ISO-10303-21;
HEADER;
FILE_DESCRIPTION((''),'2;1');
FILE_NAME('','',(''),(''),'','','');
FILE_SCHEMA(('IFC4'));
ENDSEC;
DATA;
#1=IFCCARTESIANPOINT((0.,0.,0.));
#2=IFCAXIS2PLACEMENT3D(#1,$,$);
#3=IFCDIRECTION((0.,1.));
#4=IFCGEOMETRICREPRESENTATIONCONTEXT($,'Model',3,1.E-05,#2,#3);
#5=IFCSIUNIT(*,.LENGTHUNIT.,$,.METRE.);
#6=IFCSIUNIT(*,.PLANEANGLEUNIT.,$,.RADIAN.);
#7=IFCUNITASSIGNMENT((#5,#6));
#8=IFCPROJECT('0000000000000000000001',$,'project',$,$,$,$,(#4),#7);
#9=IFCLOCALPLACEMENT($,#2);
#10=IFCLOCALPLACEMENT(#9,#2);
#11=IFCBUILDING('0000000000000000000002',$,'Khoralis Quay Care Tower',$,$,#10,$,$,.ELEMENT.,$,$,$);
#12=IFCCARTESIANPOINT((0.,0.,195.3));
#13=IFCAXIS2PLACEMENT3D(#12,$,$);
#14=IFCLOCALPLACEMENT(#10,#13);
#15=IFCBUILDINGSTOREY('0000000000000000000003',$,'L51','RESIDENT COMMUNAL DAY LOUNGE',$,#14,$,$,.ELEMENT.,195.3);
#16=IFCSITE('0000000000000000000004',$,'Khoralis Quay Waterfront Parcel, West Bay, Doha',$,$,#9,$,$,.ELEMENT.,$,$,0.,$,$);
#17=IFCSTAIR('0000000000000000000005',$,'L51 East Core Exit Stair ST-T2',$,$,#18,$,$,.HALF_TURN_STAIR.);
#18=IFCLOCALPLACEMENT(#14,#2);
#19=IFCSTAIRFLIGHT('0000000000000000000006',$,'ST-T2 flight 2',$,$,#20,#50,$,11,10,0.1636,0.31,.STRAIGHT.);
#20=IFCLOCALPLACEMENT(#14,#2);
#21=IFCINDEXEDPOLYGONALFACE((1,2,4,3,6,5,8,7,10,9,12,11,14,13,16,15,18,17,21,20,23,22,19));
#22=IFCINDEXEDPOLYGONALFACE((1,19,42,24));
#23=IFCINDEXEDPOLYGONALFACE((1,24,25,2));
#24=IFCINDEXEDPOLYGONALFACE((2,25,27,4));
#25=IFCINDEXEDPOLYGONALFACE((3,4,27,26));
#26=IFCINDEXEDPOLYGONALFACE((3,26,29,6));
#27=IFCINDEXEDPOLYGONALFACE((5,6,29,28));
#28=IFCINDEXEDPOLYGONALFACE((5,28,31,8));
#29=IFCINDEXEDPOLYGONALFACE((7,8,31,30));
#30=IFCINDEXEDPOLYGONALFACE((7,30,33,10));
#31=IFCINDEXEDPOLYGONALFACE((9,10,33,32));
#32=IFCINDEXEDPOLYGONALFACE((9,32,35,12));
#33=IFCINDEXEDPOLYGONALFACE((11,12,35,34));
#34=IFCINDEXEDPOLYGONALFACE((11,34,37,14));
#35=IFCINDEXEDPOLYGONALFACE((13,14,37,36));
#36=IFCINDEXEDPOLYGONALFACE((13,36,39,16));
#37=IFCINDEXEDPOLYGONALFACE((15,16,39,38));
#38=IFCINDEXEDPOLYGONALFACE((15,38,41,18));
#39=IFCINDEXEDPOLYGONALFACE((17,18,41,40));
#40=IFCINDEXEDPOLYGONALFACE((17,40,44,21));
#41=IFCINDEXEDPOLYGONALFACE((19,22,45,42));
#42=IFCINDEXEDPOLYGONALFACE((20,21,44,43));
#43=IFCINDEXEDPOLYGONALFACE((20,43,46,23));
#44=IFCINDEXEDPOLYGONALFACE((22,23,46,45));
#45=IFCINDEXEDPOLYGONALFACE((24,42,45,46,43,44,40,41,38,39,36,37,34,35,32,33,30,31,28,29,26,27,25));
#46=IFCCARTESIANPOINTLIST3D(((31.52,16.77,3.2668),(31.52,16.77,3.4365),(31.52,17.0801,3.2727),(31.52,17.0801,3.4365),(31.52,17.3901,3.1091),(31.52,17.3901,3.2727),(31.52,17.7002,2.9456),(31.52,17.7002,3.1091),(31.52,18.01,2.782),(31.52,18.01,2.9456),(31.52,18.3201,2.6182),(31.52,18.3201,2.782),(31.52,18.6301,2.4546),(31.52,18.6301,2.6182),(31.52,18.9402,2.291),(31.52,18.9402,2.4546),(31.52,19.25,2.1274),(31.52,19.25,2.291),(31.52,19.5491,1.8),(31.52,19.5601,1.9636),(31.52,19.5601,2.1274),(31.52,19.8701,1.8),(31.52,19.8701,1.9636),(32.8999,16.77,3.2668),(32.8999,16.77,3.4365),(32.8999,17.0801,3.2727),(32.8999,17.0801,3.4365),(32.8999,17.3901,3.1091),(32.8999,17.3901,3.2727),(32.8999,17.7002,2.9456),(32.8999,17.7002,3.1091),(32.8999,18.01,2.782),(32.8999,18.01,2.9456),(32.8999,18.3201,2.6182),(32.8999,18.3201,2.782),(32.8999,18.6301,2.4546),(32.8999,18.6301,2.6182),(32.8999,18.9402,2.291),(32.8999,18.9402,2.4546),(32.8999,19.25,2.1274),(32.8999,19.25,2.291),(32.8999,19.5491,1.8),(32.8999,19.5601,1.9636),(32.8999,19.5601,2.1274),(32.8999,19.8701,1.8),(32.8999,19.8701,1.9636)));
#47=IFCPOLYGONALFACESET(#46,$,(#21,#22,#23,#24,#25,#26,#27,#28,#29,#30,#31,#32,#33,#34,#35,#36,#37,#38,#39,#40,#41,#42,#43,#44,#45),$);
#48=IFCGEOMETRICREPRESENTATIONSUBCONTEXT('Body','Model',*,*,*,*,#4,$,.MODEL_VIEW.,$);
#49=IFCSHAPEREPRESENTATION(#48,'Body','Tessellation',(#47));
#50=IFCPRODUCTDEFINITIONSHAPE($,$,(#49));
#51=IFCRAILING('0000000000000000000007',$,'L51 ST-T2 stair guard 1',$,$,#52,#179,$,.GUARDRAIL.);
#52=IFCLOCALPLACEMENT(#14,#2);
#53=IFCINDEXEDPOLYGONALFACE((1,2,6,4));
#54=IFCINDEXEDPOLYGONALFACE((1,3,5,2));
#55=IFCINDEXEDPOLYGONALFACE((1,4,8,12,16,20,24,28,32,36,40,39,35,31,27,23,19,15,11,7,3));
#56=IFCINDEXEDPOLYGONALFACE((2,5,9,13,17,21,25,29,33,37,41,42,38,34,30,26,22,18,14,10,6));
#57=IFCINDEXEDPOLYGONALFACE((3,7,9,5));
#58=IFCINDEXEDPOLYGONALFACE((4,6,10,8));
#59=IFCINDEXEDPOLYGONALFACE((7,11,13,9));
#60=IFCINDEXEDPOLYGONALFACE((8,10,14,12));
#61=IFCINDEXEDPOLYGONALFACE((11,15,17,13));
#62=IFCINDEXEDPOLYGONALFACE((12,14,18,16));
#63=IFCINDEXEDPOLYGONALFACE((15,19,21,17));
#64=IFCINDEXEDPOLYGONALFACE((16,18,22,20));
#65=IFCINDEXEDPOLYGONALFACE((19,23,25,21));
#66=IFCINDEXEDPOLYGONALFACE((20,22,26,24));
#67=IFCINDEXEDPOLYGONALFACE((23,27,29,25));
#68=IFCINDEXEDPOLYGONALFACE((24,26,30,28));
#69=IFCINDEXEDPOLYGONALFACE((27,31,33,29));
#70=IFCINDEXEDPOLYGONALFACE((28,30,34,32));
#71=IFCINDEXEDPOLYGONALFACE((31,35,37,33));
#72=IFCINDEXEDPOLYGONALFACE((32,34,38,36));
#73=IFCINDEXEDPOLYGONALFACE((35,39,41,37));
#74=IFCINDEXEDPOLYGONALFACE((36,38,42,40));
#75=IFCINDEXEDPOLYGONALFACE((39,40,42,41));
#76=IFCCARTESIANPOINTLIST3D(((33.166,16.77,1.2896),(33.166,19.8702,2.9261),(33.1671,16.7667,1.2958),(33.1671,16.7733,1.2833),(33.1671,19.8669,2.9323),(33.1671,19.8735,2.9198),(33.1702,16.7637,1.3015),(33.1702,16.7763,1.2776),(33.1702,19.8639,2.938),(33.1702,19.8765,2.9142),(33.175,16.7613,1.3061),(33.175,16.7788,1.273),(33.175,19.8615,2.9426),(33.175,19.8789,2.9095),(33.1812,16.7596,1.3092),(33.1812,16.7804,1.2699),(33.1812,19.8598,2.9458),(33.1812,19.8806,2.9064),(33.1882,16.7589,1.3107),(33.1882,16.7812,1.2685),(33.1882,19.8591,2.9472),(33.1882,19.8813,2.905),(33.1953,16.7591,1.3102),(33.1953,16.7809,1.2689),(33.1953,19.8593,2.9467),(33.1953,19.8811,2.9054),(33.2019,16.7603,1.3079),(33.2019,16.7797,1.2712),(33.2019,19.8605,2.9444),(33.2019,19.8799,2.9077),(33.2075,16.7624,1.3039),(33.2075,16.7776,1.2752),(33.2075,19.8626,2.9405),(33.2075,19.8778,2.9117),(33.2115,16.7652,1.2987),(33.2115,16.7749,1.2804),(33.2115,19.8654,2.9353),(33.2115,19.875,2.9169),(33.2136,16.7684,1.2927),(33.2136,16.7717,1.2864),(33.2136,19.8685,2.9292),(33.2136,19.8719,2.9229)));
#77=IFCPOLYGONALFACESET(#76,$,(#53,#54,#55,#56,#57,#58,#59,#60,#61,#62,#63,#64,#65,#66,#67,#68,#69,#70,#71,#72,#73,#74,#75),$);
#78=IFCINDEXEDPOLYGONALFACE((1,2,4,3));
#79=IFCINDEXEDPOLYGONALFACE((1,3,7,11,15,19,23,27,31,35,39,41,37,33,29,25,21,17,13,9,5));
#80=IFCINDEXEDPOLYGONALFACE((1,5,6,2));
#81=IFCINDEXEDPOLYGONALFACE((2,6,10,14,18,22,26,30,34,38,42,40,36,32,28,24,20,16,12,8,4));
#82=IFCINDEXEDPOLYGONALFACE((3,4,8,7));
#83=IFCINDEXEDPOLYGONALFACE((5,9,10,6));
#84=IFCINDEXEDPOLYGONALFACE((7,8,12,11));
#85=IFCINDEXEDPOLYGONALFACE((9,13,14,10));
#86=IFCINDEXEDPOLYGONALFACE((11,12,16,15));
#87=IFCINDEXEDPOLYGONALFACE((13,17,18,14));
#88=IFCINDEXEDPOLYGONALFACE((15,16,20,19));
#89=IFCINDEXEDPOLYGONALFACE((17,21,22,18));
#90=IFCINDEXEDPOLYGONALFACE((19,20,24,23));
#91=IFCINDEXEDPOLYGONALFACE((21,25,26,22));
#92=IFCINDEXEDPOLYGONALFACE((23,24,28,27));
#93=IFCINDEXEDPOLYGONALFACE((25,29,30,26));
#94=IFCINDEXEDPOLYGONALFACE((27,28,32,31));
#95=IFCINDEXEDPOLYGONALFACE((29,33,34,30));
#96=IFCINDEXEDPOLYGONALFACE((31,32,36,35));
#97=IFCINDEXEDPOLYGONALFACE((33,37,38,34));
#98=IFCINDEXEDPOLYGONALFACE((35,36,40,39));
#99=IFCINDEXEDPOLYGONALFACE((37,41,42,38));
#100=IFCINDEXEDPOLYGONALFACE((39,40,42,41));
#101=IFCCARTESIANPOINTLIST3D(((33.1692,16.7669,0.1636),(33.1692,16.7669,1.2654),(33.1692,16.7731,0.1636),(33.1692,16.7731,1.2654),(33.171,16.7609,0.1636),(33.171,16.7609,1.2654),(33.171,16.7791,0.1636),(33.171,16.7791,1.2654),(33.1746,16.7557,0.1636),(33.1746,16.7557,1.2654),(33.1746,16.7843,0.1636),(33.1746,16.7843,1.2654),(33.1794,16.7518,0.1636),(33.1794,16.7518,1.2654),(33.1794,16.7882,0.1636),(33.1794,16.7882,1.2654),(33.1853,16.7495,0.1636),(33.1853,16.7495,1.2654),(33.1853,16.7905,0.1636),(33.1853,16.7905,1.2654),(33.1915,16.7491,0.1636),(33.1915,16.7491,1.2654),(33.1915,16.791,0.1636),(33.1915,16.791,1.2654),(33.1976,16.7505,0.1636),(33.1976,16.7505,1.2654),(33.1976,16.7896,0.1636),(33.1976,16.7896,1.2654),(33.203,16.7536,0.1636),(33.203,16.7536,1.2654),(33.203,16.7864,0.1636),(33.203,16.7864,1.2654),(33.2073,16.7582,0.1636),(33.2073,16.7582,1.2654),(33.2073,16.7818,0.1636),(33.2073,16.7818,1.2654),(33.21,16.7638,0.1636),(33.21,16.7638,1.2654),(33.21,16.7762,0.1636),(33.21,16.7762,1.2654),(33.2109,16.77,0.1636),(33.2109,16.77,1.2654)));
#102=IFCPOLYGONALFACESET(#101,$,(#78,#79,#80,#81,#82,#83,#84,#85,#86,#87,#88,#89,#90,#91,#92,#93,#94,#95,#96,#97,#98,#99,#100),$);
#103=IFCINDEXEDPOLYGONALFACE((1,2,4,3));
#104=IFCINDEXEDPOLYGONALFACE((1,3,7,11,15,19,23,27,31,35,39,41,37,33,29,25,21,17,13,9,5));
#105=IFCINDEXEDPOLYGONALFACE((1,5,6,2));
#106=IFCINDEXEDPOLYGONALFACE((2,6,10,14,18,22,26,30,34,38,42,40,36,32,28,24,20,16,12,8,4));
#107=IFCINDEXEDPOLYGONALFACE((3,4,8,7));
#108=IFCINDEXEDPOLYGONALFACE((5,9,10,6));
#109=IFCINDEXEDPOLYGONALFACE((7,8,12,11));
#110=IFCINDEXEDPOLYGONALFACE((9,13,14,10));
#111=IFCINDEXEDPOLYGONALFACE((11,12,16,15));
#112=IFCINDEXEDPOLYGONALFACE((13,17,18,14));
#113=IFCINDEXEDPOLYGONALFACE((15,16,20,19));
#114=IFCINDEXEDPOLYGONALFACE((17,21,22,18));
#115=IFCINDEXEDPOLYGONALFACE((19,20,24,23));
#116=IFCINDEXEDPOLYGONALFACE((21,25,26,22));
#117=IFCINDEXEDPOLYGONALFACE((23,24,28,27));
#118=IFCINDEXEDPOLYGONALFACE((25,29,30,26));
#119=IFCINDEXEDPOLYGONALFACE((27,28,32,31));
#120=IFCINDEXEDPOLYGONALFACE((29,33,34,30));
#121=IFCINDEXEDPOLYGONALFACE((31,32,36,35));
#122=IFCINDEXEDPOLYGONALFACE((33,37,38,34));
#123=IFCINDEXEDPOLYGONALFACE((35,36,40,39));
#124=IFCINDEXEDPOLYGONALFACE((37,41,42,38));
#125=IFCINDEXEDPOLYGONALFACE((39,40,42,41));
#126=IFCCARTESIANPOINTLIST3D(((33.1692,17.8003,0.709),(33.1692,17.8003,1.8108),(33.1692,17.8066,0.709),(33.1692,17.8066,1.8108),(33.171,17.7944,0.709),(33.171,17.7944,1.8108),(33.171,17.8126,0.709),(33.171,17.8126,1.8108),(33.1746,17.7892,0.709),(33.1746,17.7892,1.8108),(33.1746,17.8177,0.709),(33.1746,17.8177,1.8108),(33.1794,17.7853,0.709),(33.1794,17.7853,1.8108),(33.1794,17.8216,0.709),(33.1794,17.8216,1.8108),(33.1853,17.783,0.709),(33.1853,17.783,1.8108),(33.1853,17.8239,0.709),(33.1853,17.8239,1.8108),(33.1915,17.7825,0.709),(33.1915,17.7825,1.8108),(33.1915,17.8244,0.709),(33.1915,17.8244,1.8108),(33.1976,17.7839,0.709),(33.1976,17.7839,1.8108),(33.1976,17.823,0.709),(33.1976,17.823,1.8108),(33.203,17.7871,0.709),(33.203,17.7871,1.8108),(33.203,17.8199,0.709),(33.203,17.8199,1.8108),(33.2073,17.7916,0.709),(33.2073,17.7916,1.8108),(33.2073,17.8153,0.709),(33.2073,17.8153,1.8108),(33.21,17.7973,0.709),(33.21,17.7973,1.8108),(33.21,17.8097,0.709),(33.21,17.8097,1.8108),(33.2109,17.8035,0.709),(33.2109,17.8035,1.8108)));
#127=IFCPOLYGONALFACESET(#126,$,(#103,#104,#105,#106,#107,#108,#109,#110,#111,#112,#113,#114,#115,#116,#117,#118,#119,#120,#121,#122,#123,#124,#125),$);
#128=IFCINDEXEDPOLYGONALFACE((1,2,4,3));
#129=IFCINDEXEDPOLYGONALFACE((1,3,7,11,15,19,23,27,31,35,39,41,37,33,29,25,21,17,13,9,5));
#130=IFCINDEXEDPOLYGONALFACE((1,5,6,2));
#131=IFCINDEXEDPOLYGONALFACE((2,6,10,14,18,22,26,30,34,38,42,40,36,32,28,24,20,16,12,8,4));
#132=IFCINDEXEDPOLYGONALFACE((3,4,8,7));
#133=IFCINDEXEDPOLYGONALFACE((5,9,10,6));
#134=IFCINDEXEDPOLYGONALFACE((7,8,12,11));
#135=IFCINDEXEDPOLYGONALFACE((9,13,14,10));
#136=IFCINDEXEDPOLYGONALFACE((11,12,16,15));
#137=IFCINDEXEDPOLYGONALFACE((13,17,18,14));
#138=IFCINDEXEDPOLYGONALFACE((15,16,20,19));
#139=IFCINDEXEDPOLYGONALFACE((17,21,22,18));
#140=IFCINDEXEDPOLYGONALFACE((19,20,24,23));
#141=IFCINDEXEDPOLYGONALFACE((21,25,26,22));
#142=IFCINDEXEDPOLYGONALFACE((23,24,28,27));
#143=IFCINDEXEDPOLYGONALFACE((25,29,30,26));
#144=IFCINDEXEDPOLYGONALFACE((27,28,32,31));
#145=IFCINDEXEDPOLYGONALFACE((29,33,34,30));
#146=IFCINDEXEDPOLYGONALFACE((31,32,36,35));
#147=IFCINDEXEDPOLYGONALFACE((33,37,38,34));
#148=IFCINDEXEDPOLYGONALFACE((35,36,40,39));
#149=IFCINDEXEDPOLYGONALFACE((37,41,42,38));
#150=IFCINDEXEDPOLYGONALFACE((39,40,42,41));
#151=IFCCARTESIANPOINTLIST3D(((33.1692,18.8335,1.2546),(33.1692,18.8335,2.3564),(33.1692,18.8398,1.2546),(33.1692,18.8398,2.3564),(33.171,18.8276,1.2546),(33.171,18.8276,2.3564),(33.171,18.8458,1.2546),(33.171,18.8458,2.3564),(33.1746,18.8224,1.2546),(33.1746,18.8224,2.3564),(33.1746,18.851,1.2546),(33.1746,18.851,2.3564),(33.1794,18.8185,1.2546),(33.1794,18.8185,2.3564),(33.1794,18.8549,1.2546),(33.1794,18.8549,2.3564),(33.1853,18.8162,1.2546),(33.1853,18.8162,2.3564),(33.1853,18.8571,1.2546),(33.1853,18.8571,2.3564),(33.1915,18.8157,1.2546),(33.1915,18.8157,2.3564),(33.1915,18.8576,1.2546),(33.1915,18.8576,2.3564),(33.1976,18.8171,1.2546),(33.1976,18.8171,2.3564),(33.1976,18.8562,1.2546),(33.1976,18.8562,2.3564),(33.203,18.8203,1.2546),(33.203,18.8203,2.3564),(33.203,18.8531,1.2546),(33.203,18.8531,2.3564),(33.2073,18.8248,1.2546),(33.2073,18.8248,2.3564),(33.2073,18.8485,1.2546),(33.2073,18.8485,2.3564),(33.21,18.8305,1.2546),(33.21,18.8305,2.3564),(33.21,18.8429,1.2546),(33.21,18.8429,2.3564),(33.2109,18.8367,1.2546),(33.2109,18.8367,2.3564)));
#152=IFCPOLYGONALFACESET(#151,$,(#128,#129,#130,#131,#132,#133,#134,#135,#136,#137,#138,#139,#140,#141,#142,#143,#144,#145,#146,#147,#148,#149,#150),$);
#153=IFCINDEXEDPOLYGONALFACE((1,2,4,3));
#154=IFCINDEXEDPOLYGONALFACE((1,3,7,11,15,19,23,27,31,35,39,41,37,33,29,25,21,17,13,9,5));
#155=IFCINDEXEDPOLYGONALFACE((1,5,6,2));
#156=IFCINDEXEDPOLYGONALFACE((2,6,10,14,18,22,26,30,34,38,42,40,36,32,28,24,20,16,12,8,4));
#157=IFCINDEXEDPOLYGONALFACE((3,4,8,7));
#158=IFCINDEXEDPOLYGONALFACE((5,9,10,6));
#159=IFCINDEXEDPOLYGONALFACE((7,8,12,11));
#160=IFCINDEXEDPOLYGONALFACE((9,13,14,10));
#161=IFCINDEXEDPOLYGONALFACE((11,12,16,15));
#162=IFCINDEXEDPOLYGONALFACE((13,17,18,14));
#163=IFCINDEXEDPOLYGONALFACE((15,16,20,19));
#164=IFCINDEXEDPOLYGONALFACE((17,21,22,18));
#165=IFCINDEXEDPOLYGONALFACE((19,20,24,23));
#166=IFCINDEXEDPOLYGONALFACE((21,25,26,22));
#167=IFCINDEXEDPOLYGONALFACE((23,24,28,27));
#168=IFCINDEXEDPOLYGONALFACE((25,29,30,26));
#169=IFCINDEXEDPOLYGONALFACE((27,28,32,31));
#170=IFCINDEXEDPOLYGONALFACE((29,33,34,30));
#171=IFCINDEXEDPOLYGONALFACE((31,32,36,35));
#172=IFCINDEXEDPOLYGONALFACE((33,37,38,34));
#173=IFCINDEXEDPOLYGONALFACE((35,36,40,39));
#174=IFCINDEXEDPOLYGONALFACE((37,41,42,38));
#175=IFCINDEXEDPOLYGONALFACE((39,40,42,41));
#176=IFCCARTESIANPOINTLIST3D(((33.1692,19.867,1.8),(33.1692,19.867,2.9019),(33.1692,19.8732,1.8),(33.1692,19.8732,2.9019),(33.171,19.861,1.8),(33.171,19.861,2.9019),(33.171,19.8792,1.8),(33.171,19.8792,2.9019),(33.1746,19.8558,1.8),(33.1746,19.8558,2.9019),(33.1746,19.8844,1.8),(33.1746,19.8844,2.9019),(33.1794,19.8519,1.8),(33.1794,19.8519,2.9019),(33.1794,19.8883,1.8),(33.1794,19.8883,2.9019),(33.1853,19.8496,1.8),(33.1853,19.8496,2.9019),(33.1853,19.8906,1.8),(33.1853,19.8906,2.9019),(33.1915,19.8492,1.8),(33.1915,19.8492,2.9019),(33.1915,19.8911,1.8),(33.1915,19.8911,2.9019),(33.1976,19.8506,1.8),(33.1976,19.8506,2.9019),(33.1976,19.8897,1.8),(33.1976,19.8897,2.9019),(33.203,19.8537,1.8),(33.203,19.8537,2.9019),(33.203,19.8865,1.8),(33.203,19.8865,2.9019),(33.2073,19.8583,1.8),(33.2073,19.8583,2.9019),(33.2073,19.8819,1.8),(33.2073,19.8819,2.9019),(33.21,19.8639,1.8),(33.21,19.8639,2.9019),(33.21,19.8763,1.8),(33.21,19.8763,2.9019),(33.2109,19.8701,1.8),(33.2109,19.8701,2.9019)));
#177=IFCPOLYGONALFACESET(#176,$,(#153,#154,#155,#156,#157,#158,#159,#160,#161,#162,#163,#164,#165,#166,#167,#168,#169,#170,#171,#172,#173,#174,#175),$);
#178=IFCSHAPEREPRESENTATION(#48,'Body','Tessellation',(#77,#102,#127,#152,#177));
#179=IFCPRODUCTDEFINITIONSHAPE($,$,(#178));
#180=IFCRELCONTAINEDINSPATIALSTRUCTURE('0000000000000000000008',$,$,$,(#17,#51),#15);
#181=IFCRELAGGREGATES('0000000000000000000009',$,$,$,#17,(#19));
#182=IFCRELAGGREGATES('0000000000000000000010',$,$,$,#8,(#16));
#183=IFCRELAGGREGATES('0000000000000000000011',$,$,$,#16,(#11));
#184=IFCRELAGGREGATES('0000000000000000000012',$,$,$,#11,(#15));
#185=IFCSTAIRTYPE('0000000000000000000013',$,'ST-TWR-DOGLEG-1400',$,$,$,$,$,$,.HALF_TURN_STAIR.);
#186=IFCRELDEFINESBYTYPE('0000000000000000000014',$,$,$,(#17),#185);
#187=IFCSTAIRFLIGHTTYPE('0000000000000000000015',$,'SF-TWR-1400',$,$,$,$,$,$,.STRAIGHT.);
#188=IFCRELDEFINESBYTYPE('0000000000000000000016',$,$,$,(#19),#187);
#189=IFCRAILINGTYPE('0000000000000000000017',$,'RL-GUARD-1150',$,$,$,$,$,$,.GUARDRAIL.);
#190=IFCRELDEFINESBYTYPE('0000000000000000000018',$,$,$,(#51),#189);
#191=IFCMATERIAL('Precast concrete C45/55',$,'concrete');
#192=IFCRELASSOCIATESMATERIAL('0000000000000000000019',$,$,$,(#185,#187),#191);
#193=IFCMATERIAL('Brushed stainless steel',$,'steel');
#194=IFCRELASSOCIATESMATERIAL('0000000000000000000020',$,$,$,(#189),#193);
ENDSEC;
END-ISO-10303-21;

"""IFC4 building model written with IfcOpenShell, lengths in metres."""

from ifc_helpers import new_model, si_unit, direction, frame, origin, origin_2d, place, context, subcontext, project, spatial, polyline, circle, outline, extrude, source, transform, mapped, material, type_object, element, aggregate, save


model = new_model("IFC4")

# Units and contexts
model_context = context("Model", 3, precision=1e-05, world=origin(), true_north=direction((0.0, 1.0)))
body_context = subcontext(model_context, "Body", "Model", "MODEL_VIEW")
ifc_project = project(units=[si_unit("LENGTHUNIT", "METRE"), si_unit("PLANEANGLEUNIT", "RADIAN")], contexts=[model_context])

# Site, building, storey
site_placement = place(None, origin())
site = spatial("IfcSite", under=ifc_project, at=site_placement, Name="Khoralis Quay Waterfront Parcel, West Bay, Doha", CompositionType="ELEMENT", RefElevation=0.0)
building_placement = place(site_placement, origin())
building = spatial("IfcBuilding", under=site, at=building_placement, Name="Khoralis Quay Care Tower", CompositionType="ELEMENT")
storey_placement = place(building_placement, frame((0.0, 0.0, 195.3)))
storey = spatial("IfcBuildingStorey", under=building, at=storey_placement, Name="L51", Description="RESIDENT COMMUNAL DAY LOUNGE", CompositionType="ELEMENT", Elevation=195.3)

# Shared definitions
ifc_material_1 = material(Name="Brushed stainless steel", Category="steel")

# Shared definitions
ifc_material_2 = material(Name="Precast concrete C45/55", Category="concrete")

# Stair, stair flight
stair_type = type_object("IfcStairType", Name="ST-TWR-DOGLEG-1400", PredefinedType="HALF_TURN_STAIR", material=ifc_material_2)
stair_placement = place(storey_placement, origin())
stair = element("IfcStair", 1, at=stair_placement, inside=storey, type_object=stair_type, Name="L51 East Core Exit Stair ST-T2", PredefinedType="HALF_TURN_STAIR")
stair_flight_type = type_object("IfcStairFlightType", Name="SF-TWR-1400", PredefinedType="STRAIGHT", material=ifc_material_2)
shared_shape_1 = source(origin(), body_context, "Body", "SweptSolid", [
    extrude(outline(polyline([(0.0, 0.0), (0.0, 0.1636), (0.3101, 0.1636), (0.3101, 0.3274), (0.6201, 0.3274), (0.6201, 0.491), (0.9299, 0.491), (0.9299, 0.6545), (1.24, 0.6545), (1.24, 0.8181), (1.55, 0.8181), (1.55, 0.9819), (1.8601, 0.9819), (1.8601, 1.1455), (2.1699, 1.1455), (2.1699, 1.3091), (2.48, 1.3091), (2.48, 1.4727), (2.79, 1.4727), (2.79, 1.6365), (3.1001, 1.6365), (3.1001, 1.8), (3.1001, 1.4668), (0.321, 0.0), (0.0, 0.0)])), frame((0.0, 0.6899, 0.0), z_axis=(0.0, -1.0, 0.0), x_axis=(1.0, 0.0, 0.0)), (0.0, 0.0, 1.0), 1.3799),
])
stair_flight_1_placement = place(storey_placement, frame((32.21, 19.8701, 1.8), z_axis=(0.0, 0.0, 1.0), x_axis=(0.0, -1.0, 0.0)))
stair_flight_1 = element("IfcStairFlight", 2, at=stair_flight_1_placement, type_object=stair_flight_type, Name="ST-T2 flight 2", NumberOfRisers=11, NumberOfTreads=10, PredefinedType="STRAIGHT", RiserHeight=0.1636, TreadLength=0.31, context=body_context, shape_type="MappedRepresentation", body=[
    mapped(shared_shape_1, transform((0.0, 0.0, 0.0), scale=1.0)),
])
aggregate(stair, [stair_flight_1])

# Railing
railing_type_1 = type_object("IfcRailingType", Name="RL-GUARD-1150", PredefinedType="GUARDRAIL", material=ifc_material_1)
railing_1_placement = place(storey_placement, frame((33.1899, 16.77, 0.1636)))
element("IfcRailing", 3, at=railing_1_placement, inside=storey, type_object=railing_type_1, Name="L51 ST-T2 stair guard 1", PredefinedType="GUARDRAIL", context=body_context, shape_type="SweptSolid", body=[
    extrude(circle(Radius=0.0239, at=origin_2d()), frame((0.0, 0.0, 1.126), z_axis=(0.0, 0.884348, 0.466828), x_axis=(-1.0, 0.0, 0.0)), (0.0, 0.0, 1.0), 3.5056),
    extrude(circle(Radius=0.021, at=origin_2d()), origin(), (0.0, 0.0, 1.0), 1.1018),
    extrude(circle(Radius=0.021, at=origin_2d()), frame((0.0, 1.0334, 0.5454)), (0.0, 0.0, 1.0), 1.1018),
    extrude(circle(Radius=0.021, at=origin_2d()), frame((0.0, 2.0667, 1.0911)), (0.0, 0.0, 1.0), 1.1018),
    extrude(circle(Radius=0.021, at=origin_2d()), frame((0.0, 3.1001, 1.6365)), (0.0, 0.0, 1.0), 1.1018),
])

save(model, "model.ifc")
